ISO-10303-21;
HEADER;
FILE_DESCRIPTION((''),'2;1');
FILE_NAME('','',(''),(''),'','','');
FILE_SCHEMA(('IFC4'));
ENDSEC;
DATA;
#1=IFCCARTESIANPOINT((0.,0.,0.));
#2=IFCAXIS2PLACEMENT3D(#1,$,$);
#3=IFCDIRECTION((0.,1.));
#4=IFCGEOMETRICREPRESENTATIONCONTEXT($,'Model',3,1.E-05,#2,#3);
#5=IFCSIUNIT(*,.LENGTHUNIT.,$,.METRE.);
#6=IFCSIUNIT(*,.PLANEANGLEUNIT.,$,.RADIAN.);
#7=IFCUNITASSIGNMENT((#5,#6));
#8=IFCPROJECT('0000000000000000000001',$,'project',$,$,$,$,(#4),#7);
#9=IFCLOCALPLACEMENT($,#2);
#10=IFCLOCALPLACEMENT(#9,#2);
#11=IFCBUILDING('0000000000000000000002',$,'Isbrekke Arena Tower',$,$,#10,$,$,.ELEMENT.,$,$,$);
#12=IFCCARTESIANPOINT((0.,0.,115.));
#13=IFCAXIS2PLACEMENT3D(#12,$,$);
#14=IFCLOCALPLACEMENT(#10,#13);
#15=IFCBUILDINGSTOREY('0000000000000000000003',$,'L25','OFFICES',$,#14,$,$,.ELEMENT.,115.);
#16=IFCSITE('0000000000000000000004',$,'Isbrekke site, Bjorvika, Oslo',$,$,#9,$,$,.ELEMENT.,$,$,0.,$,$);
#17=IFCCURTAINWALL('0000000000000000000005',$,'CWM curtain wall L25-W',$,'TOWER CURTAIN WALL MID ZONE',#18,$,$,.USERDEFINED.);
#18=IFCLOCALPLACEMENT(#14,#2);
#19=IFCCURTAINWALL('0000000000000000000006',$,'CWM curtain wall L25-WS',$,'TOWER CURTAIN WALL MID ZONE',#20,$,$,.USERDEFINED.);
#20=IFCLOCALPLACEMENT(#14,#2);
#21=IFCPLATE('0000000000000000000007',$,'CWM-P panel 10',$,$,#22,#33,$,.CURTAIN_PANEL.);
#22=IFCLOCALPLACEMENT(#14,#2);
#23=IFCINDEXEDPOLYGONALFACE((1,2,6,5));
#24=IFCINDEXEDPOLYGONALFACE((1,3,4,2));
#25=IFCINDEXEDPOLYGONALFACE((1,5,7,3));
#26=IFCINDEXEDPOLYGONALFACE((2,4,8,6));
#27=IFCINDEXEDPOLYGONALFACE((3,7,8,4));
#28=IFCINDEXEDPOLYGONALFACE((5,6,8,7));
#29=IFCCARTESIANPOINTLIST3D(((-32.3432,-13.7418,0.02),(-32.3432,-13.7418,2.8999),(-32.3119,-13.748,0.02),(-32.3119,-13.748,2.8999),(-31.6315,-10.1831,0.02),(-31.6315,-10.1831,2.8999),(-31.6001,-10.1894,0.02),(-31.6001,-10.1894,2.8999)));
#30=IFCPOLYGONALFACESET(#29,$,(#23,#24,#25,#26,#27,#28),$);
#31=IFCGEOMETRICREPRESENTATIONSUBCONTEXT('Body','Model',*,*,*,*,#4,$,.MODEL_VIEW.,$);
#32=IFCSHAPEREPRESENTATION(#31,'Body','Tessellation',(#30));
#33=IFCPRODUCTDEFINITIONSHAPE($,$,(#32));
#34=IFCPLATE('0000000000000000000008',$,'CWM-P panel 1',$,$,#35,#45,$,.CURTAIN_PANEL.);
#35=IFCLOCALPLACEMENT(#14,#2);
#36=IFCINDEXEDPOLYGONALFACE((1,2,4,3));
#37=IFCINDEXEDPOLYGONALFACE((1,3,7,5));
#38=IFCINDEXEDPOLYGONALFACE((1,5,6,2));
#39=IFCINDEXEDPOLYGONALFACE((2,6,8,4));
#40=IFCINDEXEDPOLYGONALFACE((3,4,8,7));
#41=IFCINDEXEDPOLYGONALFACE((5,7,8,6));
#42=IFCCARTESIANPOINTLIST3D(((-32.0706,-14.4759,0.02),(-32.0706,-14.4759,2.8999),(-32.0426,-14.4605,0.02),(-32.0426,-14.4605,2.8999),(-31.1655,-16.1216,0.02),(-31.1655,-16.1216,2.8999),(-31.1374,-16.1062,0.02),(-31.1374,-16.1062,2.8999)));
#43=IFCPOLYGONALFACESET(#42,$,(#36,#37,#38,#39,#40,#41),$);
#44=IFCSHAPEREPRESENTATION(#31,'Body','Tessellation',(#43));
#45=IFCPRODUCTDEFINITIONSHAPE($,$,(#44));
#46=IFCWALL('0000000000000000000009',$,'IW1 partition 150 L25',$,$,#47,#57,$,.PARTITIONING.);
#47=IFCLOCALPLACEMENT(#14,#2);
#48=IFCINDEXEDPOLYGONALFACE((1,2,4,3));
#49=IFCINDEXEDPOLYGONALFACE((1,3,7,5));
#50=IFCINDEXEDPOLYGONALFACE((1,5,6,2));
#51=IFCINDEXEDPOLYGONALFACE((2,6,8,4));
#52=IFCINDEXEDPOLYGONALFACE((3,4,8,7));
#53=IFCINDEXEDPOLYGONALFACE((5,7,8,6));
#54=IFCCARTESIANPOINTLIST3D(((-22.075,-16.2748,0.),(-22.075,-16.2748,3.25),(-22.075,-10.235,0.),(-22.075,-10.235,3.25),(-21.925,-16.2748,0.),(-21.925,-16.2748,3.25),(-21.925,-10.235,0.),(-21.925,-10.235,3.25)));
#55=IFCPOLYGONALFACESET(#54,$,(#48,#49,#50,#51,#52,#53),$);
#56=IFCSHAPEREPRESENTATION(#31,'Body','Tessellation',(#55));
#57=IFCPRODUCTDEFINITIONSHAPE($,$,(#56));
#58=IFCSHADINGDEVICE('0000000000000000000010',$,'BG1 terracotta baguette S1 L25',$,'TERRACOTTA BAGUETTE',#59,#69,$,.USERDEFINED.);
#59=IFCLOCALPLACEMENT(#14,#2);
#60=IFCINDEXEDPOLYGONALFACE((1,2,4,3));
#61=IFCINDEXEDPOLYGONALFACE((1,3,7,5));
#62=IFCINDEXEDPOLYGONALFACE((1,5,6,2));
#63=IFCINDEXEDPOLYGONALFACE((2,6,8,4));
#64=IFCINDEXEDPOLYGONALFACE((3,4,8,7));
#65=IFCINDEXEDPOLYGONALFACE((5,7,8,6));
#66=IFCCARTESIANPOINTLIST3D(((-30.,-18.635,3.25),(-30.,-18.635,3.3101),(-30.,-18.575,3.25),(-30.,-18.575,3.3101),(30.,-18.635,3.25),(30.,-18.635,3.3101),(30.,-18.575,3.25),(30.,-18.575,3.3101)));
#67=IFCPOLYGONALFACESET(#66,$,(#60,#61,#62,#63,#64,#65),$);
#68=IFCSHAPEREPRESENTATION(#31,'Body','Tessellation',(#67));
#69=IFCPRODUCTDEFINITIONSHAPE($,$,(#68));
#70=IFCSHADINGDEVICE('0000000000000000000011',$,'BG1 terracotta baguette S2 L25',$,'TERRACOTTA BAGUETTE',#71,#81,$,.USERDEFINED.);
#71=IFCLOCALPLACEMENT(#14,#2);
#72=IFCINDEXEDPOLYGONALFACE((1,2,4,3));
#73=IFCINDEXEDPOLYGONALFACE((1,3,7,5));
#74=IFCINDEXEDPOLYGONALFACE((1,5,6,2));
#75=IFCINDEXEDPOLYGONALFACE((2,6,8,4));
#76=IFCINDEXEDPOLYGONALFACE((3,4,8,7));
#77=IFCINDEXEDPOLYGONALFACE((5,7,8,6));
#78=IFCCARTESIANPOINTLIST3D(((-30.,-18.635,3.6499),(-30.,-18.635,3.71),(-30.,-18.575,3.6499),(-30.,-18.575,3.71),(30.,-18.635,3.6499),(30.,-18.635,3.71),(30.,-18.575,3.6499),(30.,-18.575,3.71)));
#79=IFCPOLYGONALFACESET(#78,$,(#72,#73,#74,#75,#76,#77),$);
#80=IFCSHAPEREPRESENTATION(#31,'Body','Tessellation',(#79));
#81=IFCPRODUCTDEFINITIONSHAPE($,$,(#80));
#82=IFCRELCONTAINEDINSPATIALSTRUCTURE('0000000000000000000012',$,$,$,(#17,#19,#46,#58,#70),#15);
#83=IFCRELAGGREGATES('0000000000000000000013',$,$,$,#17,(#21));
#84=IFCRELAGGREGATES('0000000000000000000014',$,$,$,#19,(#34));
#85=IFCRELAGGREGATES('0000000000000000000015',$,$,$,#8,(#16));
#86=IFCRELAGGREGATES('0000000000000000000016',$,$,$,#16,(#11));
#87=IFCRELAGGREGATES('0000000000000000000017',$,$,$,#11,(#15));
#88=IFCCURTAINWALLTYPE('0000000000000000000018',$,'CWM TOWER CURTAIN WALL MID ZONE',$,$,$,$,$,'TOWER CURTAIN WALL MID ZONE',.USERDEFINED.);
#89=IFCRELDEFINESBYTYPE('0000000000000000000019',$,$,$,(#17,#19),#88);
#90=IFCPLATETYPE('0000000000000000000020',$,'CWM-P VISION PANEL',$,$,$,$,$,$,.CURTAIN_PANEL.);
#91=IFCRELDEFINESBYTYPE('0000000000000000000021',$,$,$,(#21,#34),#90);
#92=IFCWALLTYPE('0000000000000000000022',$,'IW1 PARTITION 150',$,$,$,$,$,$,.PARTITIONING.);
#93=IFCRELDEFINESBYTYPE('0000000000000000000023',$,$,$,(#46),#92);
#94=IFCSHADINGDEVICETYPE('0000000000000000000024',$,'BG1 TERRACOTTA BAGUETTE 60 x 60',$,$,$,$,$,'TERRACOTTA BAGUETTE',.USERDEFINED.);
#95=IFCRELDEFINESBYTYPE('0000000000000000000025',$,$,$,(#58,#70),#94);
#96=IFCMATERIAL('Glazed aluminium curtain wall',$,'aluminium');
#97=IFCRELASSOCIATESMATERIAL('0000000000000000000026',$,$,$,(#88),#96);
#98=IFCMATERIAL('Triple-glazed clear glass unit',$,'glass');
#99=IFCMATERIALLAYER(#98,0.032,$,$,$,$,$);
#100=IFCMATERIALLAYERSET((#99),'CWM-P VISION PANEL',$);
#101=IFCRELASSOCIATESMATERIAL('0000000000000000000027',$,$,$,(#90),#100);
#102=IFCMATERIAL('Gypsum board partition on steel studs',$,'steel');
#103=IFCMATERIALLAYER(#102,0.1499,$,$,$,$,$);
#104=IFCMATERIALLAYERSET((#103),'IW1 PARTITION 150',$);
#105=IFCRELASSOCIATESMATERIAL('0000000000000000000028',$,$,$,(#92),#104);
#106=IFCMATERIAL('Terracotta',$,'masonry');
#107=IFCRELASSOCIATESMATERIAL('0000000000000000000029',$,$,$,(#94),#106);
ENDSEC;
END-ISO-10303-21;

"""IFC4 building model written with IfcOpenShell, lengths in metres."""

from ifc_helpers import new_model, si_unit, direction, frame, frame_2d, origin, origin_2d, place, context, subcontext, project, spatial, rectangle, extrude, material, layer, layer_set, material_profile, profile_set, type_object, element, aggregate, save


model = new_model("IFC4")

# Units and contexts
model_context = context("Model", 3, precision=1e-05, world=origin(), true_north=direction((0.0, 1.0)))
body_context = subcontext(model_context, "Body", "Model", "MODEL_VIEW")
ifc_project = project(units=[si_unit("LENGTHUNIT", "METRE"), si_unit("PLANEANGLEUNIT", "RADIAN")], contexts=[model_context])

# Site, building, storey
site_placement = place(None, origin())
site = spatial("IfcSite", under=ifc_project, at=site_placement, Name="Isbrekke site, Bjorvika, Oslo", CompositionType="ELEMENT", RefElevation=0.0)
building_placement = place(site_placement, origin())
building = spatial("IfcBuilding", under=site, at=building_placement, Name="Isbrekke Arena Tower", CompositionType="ELEMENT")
storey_placement = place(building_placement, frame((0.0, 0.0, 115.0)))
storey = spatial("IfcBuildingStorey", under=building, at=storey_placement, Name="L25", Description="OFFICES", CompositionType="ELEMENT", Elevation=115.0)

# Shared definitions
ifc_material_1 = material(Name="Glazed aluminium curtain wall", Category="aluminium")
curtain_wall_type = type_object("IfcCurtainWallType", Name="CWM TOWER CURTAIN WALL MID ZONE", ElementType="TOWER CURTAIN WALL MID ZONE", PredefinedType="USERDEFINED", material=ifc_material_1)

# Curtain wall
curtain_wall_1_placement = place(storey_placement, origin())
curtain_wall_1 = element("IfcCurtainWall", 1, at=curtain_wall_1_placement, inside=storey, type_object=curtain_wall_type, Name="CWM curtain wall L25-W", ObjectType="TOWER CURTAIN WALL MID ZONE", PredefinedType="USERDEFINED")

# Curtain wall
curtain_wall_2_placement = place(storey_placement, origin())
curtain_wall_2 = element("IfcCurtainWall", 2, at=curtain_wall_2_placement, inside=storey, type_object=curtain_wall_type, Name="CWM curtain wall L25-WS", ObjectType="TOWER CURTAIN WALL MID ZONE", PredefinedType="USERDEFINED")

# Plates
ifc_material_2 = material(Name="Triple-glazed clear glass unit", Category="glass")
ifc_layer_1 = layer(ifc_material_2, 0.032)
ifc_layer_set_1 = layer_set([ifc_layer_1], Name="CWM-P VISION PANEL")
plate_type = type_object("IfcPlateType", Name="CWM-P VISION PANEL", PredefinedType="CURTAIN_PANEL", material=ifc_layer_set_1)
plate_1_placement = place(storey_placement, frame((-31.9717, -11.9656, 0.02), z_axis=(0.0, 0.0, 1.0), x_axis=(-0.196116, -0.980581, 0.0)))
plate_1 = element("IfcPlate", 3, at=plate_1_placement, type_object=plate_type, Name="CWM-P panel 10", PredefinedType="CURTAIN_PANEL", context=body_context, shape_type="SweptSolid", body=[
    extrude(rectangle(XDim=3.6292, YDim=0.032, at=origin_2d()), origin(), (0.0, 0.0, 1.0), 2.8799),
])
aggregate(curtain_wall_1, [plate_1])
plate_2_placement = place(storey_placement, frame((-31.604, -15.291, 0.02), z_axis=(0.0, 0.0, 1.0), x_axis=(0.481919, -0.876216, 0.0)))
plate_2 = element("IfcPlate", 4, at=plate_2_placement, type_object=plate_type, Name="CWM-P panel 1", PredefinedType="CURTAIN_PANEL", context=body_context, shape_type="SweptSolid", body=[
    extrude(rectangle(XDim=1.8782, YDim=0.032, at=origin_2d()), origin(), (0.0, 0.0, 1.0), 2.8799),
])
aggregate(curtain_wall_2, [plate_2])

# Wall
ifc_material_3 = material(Name="Gypsum board partition on steel studs", Category="steel")
ifc_layer_2 = layer(ifc_material_3, 0.1499)
ifc_layer_set_2 = layer_set([ifc_layer_2], Name="IW1 PARTITION 150")
wall_type = type_object("IfcWallType", Name="IW1 PARTITION 150", PredefinedType="PARTITIONING", material=ifc_layer_set_2)
wall_placement = place(storey_placement, frame((-22.0, -16.2749, 0.0), z_axis=(0.0, 0.0, 1.0), x_axis=(0.0, 1.0, 0.0)))
element("IfcWall", 5, at=wall_placement, inside=storey, type_object=wall_type, Name="IW1 partition 150 L25", PredefinedType="PARTITIONING", context=body_context, shape_type="SweptSolid", body=[
    extrude(rectangle(XDim=6.0398, YDim=0.1499, at=frame_2d((3.02, 0.0))), origin(), (0.0, 0.0, 1.0), 3.25),
])

# Shading devices
ifc_material_4 = material(Name="Terracotta", Category="masonry")
ifc_material_profile_1 = material_profile(ifc_material_4, rectangle(XDim=0.0601, YDim=0.0601, at=origin_2d()), Name="BAGUETTE 60X60")
ifc_profile_set_1 = profile_set([ifc_material_profile_1], Name="Terracotta")
shading_device_type = type_object("IfcShadingDeviceType", Name="BG1 TERRACOTTA BAGUETTE 60 x 60", ElementType="TERRACOTTA BAGUETTE", PredefinedType="USERDEFINED", material=ifc_profile_set_1)
for number, where, z_axis, x_axis, name in (
    (6, (-30.0, -18.605, 3.28), (1.0, 0.0, 0.0), (0.0, 1.0, 0.0), "BG1 terracotta baguette S1 L25"),
    (7, (-30.0, -18.605, 3.6799), (1.0, 0.0, 0.0), (0.0, 1.0, 0.0), "BG1 terracotta baguette S2 L25"),
):
    element("IfcShadingDevice", number, at=place(storey_placement, frame(where, z_axis=z_axis, x_axis=x_axis)), inside=storey, type_object=shading_device_type, Name=name, ObjectType="TERRACOTTA BAGUETTE", PredefinedType="USERDEFINED", context=body_context, shape_type="SweptSolid", body=[
        extrude(rectangle(XDim=0.0601, YDim=0.0601, at=origin_2d()), origin(), (0.0, 0.0, 1.0), 60.0),
    ])

save(model, "model.ifc")
